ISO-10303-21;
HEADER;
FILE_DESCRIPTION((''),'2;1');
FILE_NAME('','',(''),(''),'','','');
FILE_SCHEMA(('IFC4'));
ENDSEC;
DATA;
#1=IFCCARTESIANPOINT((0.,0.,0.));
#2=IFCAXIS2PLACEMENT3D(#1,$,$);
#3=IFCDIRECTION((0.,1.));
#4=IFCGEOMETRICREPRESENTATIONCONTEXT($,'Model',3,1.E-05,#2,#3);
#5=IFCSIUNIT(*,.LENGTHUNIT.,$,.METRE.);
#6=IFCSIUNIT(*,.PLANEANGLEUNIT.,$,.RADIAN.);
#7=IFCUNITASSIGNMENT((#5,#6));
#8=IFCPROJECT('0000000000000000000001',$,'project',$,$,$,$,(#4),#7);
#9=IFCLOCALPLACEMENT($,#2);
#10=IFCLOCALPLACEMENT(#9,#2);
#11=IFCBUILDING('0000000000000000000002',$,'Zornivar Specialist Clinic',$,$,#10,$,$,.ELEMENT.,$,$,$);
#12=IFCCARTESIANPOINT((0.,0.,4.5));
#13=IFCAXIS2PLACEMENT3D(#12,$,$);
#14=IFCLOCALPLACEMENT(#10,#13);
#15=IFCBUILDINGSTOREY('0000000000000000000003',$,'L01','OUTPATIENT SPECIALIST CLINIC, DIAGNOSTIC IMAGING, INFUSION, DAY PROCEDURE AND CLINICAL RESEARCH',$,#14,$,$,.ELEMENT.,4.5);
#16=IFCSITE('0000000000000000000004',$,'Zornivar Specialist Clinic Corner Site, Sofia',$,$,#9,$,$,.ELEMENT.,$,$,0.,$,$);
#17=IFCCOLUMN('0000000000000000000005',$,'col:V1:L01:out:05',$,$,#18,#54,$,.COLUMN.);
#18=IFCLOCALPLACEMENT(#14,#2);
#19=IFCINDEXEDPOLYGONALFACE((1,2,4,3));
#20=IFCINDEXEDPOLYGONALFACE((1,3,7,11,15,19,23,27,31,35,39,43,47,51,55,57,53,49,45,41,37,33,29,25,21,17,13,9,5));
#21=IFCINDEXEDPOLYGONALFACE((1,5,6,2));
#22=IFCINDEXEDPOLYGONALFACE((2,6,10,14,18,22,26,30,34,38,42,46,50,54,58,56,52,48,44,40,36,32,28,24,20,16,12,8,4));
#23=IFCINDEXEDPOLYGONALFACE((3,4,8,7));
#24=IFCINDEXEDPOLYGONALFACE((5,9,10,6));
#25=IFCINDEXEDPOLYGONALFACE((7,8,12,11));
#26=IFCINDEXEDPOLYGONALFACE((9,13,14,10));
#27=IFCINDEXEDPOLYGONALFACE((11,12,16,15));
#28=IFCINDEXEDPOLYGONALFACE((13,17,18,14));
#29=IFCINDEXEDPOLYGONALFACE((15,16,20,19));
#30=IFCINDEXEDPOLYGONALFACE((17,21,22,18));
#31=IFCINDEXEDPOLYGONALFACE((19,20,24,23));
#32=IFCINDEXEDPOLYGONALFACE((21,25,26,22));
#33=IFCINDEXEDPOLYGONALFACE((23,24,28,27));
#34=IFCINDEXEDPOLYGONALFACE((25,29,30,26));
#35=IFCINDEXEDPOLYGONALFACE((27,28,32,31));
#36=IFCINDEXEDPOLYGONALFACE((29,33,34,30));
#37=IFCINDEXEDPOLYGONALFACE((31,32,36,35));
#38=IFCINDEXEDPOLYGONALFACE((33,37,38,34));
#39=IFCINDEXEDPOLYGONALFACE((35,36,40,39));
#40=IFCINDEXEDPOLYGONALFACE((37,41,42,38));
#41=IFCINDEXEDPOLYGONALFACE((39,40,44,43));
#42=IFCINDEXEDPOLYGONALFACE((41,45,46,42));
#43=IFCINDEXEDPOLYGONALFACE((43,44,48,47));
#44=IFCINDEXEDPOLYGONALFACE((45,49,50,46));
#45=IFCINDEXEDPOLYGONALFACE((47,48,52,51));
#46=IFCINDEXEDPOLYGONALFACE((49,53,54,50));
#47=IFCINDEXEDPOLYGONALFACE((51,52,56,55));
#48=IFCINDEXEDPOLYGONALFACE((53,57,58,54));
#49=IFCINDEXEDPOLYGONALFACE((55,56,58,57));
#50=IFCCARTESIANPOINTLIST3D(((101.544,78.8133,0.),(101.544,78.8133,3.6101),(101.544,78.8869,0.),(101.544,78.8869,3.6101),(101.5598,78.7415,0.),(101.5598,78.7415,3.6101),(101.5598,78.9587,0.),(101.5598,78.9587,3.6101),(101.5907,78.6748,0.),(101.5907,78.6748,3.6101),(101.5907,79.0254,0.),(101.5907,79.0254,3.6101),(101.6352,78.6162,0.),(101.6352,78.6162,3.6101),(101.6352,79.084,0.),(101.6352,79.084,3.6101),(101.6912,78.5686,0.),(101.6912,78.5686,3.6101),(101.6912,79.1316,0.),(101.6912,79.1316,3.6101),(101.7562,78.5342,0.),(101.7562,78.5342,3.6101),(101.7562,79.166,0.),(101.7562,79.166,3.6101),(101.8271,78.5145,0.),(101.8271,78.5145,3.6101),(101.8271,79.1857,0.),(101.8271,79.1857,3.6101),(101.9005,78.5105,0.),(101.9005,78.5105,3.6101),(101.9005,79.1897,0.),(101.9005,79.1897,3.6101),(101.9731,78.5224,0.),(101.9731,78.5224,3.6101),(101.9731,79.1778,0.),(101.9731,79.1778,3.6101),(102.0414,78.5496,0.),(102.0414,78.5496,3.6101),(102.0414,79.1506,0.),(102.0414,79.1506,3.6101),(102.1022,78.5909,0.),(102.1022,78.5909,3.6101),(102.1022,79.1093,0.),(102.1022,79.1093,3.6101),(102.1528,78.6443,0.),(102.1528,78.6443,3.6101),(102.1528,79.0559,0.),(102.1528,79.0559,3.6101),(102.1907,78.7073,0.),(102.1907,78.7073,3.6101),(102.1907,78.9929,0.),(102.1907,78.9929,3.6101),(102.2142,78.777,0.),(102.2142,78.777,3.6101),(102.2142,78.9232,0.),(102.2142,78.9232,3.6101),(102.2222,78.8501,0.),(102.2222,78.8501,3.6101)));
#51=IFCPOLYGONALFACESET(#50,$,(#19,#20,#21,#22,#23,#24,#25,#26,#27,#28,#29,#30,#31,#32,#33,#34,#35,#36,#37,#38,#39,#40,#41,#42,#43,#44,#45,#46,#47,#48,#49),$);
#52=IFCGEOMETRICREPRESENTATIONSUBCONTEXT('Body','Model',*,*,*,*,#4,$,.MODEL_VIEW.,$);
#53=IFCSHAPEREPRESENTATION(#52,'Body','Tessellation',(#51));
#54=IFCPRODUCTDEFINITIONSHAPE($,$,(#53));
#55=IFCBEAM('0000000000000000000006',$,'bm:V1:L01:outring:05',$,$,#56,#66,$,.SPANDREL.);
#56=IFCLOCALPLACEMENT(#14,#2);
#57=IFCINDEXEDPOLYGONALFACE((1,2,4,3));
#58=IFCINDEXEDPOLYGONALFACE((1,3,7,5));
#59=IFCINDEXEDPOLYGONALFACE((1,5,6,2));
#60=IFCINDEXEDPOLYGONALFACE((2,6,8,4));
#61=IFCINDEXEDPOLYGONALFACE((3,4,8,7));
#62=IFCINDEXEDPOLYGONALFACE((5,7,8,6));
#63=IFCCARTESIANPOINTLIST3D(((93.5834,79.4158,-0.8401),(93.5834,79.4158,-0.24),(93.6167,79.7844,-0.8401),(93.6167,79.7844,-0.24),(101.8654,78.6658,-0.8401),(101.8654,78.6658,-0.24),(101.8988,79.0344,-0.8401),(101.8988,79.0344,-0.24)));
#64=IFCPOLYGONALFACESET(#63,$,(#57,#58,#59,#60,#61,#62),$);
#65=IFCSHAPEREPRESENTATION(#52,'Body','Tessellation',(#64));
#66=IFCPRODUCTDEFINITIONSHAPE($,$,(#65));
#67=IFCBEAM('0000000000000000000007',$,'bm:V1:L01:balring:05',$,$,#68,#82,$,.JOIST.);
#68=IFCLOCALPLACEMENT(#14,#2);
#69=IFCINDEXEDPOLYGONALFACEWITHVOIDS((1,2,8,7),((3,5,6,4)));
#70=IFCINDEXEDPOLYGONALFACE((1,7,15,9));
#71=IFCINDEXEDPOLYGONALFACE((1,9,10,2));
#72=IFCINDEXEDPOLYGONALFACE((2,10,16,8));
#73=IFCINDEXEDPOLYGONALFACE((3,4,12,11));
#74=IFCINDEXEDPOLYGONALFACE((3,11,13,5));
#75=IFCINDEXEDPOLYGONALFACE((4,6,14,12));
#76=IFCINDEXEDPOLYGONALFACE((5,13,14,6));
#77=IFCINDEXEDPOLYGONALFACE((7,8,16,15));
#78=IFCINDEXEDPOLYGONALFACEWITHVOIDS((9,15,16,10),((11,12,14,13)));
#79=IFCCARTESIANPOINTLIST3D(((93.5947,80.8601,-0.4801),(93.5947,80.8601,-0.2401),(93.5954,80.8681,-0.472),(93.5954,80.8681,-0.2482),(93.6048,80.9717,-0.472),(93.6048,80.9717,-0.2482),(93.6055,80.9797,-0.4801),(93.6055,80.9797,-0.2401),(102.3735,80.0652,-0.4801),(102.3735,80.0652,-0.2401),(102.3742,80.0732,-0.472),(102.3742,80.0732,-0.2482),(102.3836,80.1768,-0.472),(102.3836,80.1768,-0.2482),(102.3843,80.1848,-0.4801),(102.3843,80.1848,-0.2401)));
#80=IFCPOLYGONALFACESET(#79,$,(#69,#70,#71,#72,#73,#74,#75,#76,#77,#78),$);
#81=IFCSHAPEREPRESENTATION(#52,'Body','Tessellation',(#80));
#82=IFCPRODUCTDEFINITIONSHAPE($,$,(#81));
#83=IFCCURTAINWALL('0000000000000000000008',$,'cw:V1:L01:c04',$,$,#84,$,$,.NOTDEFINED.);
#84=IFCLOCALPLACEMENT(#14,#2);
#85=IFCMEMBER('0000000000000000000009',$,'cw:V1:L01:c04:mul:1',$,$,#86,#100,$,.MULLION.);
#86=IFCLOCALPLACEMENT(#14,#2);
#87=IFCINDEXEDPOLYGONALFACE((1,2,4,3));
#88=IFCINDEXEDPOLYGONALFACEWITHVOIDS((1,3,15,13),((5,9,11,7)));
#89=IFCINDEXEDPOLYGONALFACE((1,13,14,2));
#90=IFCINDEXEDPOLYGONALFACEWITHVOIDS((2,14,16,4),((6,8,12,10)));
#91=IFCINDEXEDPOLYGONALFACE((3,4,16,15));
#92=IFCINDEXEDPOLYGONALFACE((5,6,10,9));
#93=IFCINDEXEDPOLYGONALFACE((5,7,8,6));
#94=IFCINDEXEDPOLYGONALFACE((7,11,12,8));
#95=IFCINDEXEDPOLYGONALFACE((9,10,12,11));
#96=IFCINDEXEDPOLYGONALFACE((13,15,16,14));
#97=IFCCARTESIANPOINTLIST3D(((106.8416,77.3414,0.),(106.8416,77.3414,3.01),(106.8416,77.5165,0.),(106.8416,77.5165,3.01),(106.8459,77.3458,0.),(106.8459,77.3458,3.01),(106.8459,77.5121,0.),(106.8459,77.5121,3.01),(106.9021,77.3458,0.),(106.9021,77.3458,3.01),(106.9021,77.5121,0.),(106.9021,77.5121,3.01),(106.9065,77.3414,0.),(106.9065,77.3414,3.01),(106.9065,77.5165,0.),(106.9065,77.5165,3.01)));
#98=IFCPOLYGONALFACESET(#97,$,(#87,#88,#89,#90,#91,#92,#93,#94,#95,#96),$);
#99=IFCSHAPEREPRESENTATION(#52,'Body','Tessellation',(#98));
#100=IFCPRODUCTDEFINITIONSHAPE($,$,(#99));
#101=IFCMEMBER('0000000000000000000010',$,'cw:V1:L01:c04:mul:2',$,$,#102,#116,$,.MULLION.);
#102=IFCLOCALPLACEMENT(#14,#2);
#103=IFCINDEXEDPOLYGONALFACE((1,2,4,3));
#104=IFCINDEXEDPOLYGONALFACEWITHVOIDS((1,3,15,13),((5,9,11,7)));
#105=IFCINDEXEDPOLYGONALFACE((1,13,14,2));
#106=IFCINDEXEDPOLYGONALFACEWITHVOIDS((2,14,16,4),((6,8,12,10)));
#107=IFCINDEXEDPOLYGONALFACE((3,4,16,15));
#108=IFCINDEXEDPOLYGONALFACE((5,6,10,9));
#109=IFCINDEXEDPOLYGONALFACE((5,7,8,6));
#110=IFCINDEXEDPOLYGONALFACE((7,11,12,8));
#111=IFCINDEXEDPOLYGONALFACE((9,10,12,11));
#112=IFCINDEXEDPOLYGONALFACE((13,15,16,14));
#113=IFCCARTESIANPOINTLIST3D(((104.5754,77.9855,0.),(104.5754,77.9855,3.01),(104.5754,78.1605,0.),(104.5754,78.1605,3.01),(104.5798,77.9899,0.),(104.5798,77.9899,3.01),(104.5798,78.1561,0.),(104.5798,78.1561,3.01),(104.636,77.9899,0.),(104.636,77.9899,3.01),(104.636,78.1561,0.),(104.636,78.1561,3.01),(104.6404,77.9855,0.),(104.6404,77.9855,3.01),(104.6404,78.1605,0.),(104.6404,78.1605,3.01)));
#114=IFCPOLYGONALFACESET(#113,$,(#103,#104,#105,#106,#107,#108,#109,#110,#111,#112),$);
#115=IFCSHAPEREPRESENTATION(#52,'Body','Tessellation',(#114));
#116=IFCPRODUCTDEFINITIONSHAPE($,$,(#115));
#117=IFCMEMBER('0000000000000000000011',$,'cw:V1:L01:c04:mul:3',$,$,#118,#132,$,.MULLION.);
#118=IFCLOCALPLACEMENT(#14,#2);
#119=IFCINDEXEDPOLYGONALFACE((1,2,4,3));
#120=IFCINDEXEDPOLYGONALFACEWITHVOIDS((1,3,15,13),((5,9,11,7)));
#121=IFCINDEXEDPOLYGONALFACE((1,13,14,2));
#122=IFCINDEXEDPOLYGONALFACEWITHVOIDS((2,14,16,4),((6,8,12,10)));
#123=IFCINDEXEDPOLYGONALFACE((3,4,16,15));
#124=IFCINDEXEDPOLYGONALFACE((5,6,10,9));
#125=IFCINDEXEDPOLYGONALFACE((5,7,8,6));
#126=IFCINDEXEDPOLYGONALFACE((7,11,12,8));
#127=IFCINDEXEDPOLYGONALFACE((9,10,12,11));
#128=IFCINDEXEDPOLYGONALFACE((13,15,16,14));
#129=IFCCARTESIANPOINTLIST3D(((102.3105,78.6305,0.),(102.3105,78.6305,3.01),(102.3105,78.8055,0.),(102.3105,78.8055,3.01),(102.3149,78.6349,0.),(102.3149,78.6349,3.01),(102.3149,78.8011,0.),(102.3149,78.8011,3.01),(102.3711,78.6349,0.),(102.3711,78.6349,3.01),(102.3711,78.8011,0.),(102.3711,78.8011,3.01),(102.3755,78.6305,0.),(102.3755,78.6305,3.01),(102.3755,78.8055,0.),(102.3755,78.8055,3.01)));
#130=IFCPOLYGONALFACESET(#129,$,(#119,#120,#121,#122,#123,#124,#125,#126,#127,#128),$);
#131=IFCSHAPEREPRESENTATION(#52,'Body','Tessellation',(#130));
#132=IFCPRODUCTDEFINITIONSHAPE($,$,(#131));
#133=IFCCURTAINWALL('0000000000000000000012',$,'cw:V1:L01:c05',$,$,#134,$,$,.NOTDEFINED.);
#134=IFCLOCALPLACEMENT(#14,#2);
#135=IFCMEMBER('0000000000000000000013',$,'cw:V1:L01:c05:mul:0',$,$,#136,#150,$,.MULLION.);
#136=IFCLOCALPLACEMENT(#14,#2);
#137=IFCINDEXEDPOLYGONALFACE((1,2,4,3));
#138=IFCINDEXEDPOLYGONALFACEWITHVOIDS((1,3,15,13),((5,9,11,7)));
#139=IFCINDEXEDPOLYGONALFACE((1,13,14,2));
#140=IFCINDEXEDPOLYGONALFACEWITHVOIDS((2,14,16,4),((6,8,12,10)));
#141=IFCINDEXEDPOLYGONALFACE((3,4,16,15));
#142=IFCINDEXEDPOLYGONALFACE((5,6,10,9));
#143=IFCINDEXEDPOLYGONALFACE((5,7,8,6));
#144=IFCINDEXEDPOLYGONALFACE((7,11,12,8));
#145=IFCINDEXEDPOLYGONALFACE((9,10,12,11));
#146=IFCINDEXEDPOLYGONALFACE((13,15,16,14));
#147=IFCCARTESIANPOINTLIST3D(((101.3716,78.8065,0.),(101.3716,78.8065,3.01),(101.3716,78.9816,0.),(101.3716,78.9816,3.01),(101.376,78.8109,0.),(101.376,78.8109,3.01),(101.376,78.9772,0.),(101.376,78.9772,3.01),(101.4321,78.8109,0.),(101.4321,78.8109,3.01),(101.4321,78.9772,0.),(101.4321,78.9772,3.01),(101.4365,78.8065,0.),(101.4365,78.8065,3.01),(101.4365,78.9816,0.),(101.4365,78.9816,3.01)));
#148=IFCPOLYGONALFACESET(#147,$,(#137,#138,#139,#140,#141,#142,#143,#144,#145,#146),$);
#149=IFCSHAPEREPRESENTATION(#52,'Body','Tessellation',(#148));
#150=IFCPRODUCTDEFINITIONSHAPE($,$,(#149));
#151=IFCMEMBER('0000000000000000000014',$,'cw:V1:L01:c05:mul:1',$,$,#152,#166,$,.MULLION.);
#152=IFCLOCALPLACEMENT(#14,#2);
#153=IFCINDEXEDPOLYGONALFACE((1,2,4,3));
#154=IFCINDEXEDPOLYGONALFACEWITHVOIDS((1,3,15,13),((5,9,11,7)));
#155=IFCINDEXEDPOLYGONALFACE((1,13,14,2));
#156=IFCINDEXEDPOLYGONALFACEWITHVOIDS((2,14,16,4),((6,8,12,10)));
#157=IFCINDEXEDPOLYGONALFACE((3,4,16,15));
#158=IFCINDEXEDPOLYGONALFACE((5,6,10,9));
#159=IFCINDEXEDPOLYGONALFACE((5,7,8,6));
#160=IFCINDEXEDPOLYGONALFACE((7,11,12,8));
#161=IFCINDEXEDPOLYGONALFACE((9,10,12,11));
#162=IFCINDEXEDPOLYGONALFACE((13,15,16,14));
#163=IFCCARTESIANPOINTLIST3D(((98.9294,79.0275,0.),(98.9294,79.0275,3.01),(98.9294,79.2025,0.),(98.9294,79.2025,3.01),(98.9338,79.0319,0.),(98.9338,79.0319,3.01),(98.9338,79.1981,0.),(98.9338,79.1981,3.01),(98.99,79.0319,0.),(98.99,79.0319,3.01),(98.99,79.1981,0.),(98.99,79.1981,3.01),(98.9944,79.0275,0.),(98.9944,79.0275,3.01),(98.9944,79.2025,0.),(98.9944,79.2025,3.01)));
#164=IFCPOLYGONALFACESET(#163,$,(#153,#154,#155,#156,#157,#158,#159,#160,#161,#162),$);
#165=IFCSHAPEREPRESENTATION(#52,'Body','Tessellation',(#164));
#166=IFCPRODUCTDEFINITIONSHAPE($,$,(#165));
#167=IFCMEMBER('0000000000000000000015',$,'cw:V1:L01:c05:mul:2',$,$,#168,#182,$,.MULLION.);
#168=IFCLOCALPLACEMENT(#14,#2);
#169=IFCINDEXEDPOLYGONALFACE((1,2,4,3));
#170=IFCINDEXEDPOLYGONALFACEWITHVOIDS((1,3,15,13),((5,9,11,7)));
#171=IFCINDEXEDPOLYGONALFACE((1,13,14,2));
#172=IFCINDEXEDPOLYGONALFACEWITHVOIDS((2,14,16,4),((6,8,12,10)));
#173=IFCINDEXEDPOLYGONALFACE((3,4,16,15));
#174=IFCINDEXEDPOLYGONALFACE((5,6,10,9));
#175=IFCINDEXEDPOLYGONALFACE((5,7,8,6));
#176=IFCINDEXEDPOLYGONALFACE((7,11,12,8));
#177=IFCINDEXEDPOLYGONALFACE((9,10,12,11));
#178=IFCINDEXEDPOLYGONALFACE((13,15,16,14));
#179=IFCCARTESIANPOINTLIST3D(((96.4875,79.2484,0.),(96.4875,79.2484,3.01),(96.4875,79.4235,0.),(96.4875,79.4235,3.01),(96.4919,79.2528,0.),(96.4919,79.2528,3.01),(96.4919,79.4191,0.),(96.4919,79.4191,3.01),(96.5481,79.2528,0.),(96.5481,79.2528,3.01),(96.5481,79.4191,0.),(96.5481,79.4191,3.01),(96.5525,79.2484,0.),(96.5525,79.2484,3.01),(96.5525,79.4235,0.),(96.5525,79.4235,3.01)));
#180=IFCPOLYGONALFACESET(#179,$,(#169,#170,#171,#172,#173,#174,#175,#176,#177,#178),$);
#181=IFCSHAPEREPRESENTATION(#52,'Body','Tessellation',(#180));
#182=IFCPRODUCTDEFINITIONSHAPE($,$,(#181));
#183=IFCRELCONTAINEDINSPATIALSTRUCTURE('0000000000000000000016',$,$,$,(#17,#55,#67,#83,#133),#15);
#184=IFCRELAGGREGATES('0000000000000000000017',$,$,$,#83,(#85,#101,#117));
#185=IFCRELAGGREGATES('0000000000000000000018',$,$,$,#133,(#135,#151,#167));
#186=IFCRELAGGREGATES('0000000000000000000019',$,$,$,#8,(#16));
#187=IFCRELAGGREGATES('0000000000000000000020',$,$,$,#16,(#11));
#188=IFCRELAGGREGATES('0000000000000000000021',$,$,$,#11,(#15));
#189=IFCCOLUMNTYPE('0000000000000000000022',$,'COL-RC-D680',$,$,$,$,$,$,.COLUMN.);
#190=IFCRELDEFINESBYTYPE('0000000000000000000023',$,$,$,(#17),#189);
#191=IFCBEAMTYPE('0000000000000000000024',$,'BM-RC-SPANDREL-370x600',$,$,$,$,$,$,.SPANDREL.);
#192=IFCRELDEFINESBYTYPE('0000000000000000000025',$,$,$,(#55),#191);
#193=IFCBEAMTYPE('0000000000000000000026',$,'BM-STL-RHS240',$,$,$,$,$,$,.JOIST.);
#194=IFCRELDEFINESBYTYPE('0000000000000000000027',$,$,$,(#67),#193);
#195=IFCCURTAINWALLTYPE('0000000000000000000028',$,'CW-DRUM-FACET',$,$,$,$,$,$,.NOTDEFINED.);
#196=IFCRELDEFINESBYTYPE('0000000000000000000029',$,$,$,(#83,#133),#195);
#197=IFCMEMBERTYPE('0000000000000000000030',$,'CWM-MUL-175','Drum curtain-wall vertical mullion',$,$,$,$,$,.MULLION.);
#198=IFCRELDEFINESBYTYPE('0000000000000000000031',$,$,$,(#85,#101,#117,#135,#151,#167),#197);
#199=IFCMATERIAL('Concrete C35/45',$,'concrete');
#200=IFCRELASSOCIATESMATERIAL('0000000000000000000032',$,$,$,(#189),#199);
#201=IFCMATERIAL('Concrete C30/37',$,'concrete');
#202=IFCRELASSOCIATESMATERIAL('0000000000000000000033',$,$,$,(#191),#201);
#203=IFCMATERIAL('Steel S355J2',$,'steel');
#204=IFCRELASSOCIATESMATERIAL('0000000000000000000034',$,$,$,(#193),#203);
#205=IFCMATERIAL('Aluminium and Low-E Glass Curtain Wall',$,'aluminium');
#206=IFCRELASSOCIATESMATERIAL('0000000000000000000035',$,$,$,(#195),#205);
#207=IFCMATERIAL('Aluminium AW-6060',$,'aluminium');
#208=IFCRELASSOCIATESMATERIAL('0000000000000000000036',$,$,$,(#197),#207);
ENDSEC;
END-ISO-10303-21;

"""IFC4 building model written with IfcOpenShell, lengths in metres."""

from ifc_helpers import new_model, si_unit, direction, frame, origin, origin_2d, place, context, subcontext, project, spatial, rectangle, hollow_rectangle, circle, extrude, material, material_profile, profile_set, type_object, element, aggregate, save


model = new_model("IFC4")

# Units and contexts
model_context = context("Model", 3, precision=1e-05, world=origin(), true_north=direction((0.0, 1.0)))
body_context = subcontext(model_context, "Body", "Model", "MODEL_VIEW")
ifc_project = project(units=[si_unit("LENGTHUNIT", "METRE"), si_unit("PLANEANGLEUNIT", "RADIAN")], contexts=[model_context])

# Site, building, storey
site_placement = place(None, origin())
site = spatial("IfcSite", under=ifc_project, at=site_placement, Name="Zornivar Specialist Clinic Corner Site, Sofia", CompositionType="ELEMENT", RefElevation=0.0)
building_placement = place(site_placement, origin())
building = spatial("IfcBuilding", under=site, at=building_placement, Name="Zornivar Specialist Clinic", CompositionType="ELEMENT")
storey_placement = place(building_placement, frame((0.0, 0.0, 4.5)))
storey = spatial("IfcBuildingStorey", under=building, at=storey_placement, Name="L01", Description="OUTPATIENT SPECIALIST CLINIC, DIAGNOSTIC IMAGING, INFUSION, DAY PROCEDURE AND CLINICAL RESEARCH", CompositionType="ELEMENT", Elevation=4.5)

# Column
ifc_material_1 = material(Name="Concrete C35/45", Category="concrete")
ifc_material_profile_1 = material_profile(ifc_material_1, circle(Radius=0.3401, at=origin_2d()), Name="RC D680")
ifc_profile_set_1 = profile_set([ifc_material_profile_1], Name="Concrete C35/45")
column_type = type_object("IfcColumnType", Name="COL-RC-D680", PredefinedType="COLUMN", material=ifc_profile_set_1)
column_placement = place(storey_placement, frame((101.8821, 78.8501, 0.0), z_axis=(0.0, 0.0, 1.0), x_axis=(1.0, 0.0, 0.0)))
element("IfcColumn", 1, at=column_placement, inside=storey, type_object=column_type, Name="col:V1:L01:out:05", PredefinedType="COLUMN", context=body_context, shape_type="SweptSolid", body=[
    extrude(circle(Radius=0.3401, at=origin_2d()), origin(), (0.0, 0.0, 1.0), 3.6101),
])

# Beams
ifc_material_2 = material(Name="Concrete C30/37", Category="concrete")
ifc_material_profile_2 = material_profile(ifc_material_2, rectangle(XDim=0.3701, YDim=0.6001, at=origin_2d()), Name="RC 370x600")
ifc_profile_set_2 = profile_set([ifc_material_profile_2], Name="Concrete C30/37")
beam_type_1 = type_object("IfcBeamType", Name="BM-RC-SPANDREL-370x600", PredefinedType="SPANDREL", material=ifc_profile_set_2)
beam_1_placement = place(storey_placement, frame((101.8821, 78.8501, -0.54), z_axis=(-0.995925, 0.090189, 0.0), x_axis=(-0.090189, -0.995925, 0.0)))
element("IfcBeam", 2, at=beam_1_placement, inside=storey, type_object=beam_type_1, Name="bm:V1:L01:outring:05", PredefinedType="SPANDREL", context=body_context, shape_type="SweptSolid", body=[
    extrude(rectangle(XDim=0.3701, YDim=0.6001, at=origin_2d()), origin(), (0.0, 0.0, 1.0), 8.3159),
])
ifc_material_3 = material(Name="Steel S355J2", Category="steel")
ifc_material_profile_3 = material_profile(ifc_material_3, hollow_rectangle(XDim=0.1201, YDim=0.24, WallThickness=0.0081, at=origin_2d()), Name="RHS 240x120x8")
ifc_profile_set_3 = profile_set([ifc_material_profile_3], Name="Steel S355J2")
beam_type_2 = type_object("IfcBeamType", Name="BM-STL-RHS240", PredefinedType="JOIST", material=ifc_profile_set_3)
beam_2_placement = place(storey_placement, frame((102.3789, 80.125, -0.3601), z_axis=(-0.995925, 0.090181, 0.0), x_axis=(-0.090181, -0.995925, 0.0)))
element("IfcBeam", 3, at=beam_2_placement, inside=storey, type_object=beam_type_2, Name="bm:V1:L01:balring:05", PredefinedType="JOIST", context=body_context, shape_type="SweptSolid", body=[
    extrude(hollow_rectangle(XDim=0.1201, YDim=0.24, WallThickness=0.0081, at=origin_2d()), origin(), (0.0, 0.0, 1.0), 8.8147),
])

# Curtain wall, members
ifc_material_4 = material(Name="Aluminium and Low-E Glass Curtain Wall", Category="aluminium")
curtain_wall_type = type_object("IfcCurtainWallType", Name="CW-DRUM-FACET", PredefinedType="NOTDEFINED", material=ifc_material_4)
curtain_wall_1_placement = place(storey_placement, origin())
curtain_wall_1 = element("IfcCurtainWall", 4, at=curtain_wall_1_placement, inside=storey, type_object=curtain_wall_type, Name="cw:V1:L01:c04", PredefinedType="NOTDEFINED")
ifc_material_5 = material(Name="Aluminium AW-6060", Category="aluminium")
ifc_material_profile_4 = material_profile(ifc_material_5, hollow_rectangle(XDim=0.0649, YDim=0.175, WallThickness=0.0044, at=origin_2d()), Name="ALU 65x175x4.5")
ifc_profile_set_4 = profile_set([ifc_material_profile_4], Name="Aluminium AW-6060")
member_type_1 = type_object("IfcMemberType", Name="CWM-MUL-175", Description="Drum curtain-wall vertical mullion", PredefinedType="MULLION", material=ifc_profile_set_4)
member_1_placement = place(storey_placement, frame((106.874, 77.429, 0.0), z_axis=(0.0, 0.0, 1.0), x_axis=(1.0, 0.0, 0.0)))
member_1 = element("IfcMember", 5, at=member_1_placement, type_object=member_type_1, Name="cw:V1:L01:c04:mul:1", PredefinedType="MULLION", context=body_context, shape_type="SweptSolid", body=[
    extrude(hollow_rectangle(XDim=0.0649, YDim=0.175, WallThickness=0.0044, at=origin_2d()), origin(), (0.0, 0.0, 1.0), 3.01),
])
member_2_placement = place(storey_placement, frame((104.6079, 78.073, 0.0), z_axis=(0.0, 0.0, 1.0), x_axis=(1.0, 0.0, 0.0)))
member_2 = element("IfcMember", 6, at=member_2_placement, type_object=member_type_1, Name="cw:V1:L01:c04:mul:2", PredefinedType="MULLION", context=body_context, shape_type="SweptSolid", body=[
    extrude(hollow_rectangle(XDim=0.0649, YDim=0.175, WallThickness=0.0044, at=origin_2d()), origin(), (0.0, 0.0, 1.0), 3.01),
])
member_3_placement = place(storey_placement, frame((102.343, 78.718, 0.0), z_axis=(0.0, 0.0, 1.0), x_axis=(1.0, 0.0, 0.0)))
member_3 = element("IfcMember", 7, at=member_3_placement, type_object=member_type_1, Name="cw:V1:L01:c04:mul:3", PredefinedType="MULLION", context=body_context, shape_type="SweptSolid", body=[
    extrude(hollow_rectangle(XDim=0.0649, YDim=0.175, WallThickness=0.0044, at=origin_2d()), origin(), (0.0, 0.0, 1.0), 3.01),
])

# Curtain wall, members
curtain_wall_2_placement = place(storey_placement, origin())
curtain_wall_2 = element("IfcCurtainWall", 8, at=curtain_wall_2_placement, inside=storey, type_object=curtain_wall_type, Name="cw:V1:L01:c05", PredefinedType="NOTDEFINED")
member_4_placement = place(storey_placement, frame((101.4041, 78.894, 0.0), z_axis=(0.0, 0.0, 1.0), x_axis=(1.0, 0.0, 0.0)))
member_4 = element("IfcMember", 9, at=member_4_placement, type_object=member_type_1, Name="cw:V1:L01:c05:mul:0", PredefinedType="MULLION", context=body_context, shape_type="SweptSolid", body=[
    extrude(hollow_rectangle(XDim=0.0649, YDim=0.175, WallThickness=0.0044, at=origin_2d()), origin(), (0.0, 0.0, 1.0), 3.01),
])
member_5_placement = place(storey_placement, frame((98.9619, 79.115, 0.0), z_axis=(0.0, 0.0, 1.0), x_axis=(1.0, 0.0, 0.0)))
member_5 = element("IfcMember", 10, at=member_5_placement, type_object=member_type_1, Name="cw:V1:L01:c05:mul:1", PredefinedType="MULLION", context=body_context, shape_type="SweptSolid", body=[
    extrude(hollow_rectangle(XDim=0.0649, YDim=0.175, WallThickness=0.0044, at=origin_2d()), origin(), (0.0, 0.0, 1.0), 3.01),
])
member_6_placement = place(storey_placement, frame((96.52, 79.3359, 0.0), z_axis=(0.0, 0.0, 1.0), x_axis=(1.0, 0.0, 0.0)))
member_6 = element("IfcMember", 11, at=member_6_placement, type_object=member_type_1, Name="cw:V1:L01:c05:mul:2", PredefinedType="MULLION", context=body_context, shape_type="SweptSolid", body=[
    extrude(hollow_rectangle(XDim=0.0649, YDim=0.175, WallThickness=0.0044, at=origin_2d()), origin(), (0.0, 0.0, 1.0), 3.01),
])

aggregate(curtain_wall_1, [member_1, member_2, member_3])
aggregate(curtain_wall_2, [member_4, member_5, member_6])

save(model, "model.ifc")
